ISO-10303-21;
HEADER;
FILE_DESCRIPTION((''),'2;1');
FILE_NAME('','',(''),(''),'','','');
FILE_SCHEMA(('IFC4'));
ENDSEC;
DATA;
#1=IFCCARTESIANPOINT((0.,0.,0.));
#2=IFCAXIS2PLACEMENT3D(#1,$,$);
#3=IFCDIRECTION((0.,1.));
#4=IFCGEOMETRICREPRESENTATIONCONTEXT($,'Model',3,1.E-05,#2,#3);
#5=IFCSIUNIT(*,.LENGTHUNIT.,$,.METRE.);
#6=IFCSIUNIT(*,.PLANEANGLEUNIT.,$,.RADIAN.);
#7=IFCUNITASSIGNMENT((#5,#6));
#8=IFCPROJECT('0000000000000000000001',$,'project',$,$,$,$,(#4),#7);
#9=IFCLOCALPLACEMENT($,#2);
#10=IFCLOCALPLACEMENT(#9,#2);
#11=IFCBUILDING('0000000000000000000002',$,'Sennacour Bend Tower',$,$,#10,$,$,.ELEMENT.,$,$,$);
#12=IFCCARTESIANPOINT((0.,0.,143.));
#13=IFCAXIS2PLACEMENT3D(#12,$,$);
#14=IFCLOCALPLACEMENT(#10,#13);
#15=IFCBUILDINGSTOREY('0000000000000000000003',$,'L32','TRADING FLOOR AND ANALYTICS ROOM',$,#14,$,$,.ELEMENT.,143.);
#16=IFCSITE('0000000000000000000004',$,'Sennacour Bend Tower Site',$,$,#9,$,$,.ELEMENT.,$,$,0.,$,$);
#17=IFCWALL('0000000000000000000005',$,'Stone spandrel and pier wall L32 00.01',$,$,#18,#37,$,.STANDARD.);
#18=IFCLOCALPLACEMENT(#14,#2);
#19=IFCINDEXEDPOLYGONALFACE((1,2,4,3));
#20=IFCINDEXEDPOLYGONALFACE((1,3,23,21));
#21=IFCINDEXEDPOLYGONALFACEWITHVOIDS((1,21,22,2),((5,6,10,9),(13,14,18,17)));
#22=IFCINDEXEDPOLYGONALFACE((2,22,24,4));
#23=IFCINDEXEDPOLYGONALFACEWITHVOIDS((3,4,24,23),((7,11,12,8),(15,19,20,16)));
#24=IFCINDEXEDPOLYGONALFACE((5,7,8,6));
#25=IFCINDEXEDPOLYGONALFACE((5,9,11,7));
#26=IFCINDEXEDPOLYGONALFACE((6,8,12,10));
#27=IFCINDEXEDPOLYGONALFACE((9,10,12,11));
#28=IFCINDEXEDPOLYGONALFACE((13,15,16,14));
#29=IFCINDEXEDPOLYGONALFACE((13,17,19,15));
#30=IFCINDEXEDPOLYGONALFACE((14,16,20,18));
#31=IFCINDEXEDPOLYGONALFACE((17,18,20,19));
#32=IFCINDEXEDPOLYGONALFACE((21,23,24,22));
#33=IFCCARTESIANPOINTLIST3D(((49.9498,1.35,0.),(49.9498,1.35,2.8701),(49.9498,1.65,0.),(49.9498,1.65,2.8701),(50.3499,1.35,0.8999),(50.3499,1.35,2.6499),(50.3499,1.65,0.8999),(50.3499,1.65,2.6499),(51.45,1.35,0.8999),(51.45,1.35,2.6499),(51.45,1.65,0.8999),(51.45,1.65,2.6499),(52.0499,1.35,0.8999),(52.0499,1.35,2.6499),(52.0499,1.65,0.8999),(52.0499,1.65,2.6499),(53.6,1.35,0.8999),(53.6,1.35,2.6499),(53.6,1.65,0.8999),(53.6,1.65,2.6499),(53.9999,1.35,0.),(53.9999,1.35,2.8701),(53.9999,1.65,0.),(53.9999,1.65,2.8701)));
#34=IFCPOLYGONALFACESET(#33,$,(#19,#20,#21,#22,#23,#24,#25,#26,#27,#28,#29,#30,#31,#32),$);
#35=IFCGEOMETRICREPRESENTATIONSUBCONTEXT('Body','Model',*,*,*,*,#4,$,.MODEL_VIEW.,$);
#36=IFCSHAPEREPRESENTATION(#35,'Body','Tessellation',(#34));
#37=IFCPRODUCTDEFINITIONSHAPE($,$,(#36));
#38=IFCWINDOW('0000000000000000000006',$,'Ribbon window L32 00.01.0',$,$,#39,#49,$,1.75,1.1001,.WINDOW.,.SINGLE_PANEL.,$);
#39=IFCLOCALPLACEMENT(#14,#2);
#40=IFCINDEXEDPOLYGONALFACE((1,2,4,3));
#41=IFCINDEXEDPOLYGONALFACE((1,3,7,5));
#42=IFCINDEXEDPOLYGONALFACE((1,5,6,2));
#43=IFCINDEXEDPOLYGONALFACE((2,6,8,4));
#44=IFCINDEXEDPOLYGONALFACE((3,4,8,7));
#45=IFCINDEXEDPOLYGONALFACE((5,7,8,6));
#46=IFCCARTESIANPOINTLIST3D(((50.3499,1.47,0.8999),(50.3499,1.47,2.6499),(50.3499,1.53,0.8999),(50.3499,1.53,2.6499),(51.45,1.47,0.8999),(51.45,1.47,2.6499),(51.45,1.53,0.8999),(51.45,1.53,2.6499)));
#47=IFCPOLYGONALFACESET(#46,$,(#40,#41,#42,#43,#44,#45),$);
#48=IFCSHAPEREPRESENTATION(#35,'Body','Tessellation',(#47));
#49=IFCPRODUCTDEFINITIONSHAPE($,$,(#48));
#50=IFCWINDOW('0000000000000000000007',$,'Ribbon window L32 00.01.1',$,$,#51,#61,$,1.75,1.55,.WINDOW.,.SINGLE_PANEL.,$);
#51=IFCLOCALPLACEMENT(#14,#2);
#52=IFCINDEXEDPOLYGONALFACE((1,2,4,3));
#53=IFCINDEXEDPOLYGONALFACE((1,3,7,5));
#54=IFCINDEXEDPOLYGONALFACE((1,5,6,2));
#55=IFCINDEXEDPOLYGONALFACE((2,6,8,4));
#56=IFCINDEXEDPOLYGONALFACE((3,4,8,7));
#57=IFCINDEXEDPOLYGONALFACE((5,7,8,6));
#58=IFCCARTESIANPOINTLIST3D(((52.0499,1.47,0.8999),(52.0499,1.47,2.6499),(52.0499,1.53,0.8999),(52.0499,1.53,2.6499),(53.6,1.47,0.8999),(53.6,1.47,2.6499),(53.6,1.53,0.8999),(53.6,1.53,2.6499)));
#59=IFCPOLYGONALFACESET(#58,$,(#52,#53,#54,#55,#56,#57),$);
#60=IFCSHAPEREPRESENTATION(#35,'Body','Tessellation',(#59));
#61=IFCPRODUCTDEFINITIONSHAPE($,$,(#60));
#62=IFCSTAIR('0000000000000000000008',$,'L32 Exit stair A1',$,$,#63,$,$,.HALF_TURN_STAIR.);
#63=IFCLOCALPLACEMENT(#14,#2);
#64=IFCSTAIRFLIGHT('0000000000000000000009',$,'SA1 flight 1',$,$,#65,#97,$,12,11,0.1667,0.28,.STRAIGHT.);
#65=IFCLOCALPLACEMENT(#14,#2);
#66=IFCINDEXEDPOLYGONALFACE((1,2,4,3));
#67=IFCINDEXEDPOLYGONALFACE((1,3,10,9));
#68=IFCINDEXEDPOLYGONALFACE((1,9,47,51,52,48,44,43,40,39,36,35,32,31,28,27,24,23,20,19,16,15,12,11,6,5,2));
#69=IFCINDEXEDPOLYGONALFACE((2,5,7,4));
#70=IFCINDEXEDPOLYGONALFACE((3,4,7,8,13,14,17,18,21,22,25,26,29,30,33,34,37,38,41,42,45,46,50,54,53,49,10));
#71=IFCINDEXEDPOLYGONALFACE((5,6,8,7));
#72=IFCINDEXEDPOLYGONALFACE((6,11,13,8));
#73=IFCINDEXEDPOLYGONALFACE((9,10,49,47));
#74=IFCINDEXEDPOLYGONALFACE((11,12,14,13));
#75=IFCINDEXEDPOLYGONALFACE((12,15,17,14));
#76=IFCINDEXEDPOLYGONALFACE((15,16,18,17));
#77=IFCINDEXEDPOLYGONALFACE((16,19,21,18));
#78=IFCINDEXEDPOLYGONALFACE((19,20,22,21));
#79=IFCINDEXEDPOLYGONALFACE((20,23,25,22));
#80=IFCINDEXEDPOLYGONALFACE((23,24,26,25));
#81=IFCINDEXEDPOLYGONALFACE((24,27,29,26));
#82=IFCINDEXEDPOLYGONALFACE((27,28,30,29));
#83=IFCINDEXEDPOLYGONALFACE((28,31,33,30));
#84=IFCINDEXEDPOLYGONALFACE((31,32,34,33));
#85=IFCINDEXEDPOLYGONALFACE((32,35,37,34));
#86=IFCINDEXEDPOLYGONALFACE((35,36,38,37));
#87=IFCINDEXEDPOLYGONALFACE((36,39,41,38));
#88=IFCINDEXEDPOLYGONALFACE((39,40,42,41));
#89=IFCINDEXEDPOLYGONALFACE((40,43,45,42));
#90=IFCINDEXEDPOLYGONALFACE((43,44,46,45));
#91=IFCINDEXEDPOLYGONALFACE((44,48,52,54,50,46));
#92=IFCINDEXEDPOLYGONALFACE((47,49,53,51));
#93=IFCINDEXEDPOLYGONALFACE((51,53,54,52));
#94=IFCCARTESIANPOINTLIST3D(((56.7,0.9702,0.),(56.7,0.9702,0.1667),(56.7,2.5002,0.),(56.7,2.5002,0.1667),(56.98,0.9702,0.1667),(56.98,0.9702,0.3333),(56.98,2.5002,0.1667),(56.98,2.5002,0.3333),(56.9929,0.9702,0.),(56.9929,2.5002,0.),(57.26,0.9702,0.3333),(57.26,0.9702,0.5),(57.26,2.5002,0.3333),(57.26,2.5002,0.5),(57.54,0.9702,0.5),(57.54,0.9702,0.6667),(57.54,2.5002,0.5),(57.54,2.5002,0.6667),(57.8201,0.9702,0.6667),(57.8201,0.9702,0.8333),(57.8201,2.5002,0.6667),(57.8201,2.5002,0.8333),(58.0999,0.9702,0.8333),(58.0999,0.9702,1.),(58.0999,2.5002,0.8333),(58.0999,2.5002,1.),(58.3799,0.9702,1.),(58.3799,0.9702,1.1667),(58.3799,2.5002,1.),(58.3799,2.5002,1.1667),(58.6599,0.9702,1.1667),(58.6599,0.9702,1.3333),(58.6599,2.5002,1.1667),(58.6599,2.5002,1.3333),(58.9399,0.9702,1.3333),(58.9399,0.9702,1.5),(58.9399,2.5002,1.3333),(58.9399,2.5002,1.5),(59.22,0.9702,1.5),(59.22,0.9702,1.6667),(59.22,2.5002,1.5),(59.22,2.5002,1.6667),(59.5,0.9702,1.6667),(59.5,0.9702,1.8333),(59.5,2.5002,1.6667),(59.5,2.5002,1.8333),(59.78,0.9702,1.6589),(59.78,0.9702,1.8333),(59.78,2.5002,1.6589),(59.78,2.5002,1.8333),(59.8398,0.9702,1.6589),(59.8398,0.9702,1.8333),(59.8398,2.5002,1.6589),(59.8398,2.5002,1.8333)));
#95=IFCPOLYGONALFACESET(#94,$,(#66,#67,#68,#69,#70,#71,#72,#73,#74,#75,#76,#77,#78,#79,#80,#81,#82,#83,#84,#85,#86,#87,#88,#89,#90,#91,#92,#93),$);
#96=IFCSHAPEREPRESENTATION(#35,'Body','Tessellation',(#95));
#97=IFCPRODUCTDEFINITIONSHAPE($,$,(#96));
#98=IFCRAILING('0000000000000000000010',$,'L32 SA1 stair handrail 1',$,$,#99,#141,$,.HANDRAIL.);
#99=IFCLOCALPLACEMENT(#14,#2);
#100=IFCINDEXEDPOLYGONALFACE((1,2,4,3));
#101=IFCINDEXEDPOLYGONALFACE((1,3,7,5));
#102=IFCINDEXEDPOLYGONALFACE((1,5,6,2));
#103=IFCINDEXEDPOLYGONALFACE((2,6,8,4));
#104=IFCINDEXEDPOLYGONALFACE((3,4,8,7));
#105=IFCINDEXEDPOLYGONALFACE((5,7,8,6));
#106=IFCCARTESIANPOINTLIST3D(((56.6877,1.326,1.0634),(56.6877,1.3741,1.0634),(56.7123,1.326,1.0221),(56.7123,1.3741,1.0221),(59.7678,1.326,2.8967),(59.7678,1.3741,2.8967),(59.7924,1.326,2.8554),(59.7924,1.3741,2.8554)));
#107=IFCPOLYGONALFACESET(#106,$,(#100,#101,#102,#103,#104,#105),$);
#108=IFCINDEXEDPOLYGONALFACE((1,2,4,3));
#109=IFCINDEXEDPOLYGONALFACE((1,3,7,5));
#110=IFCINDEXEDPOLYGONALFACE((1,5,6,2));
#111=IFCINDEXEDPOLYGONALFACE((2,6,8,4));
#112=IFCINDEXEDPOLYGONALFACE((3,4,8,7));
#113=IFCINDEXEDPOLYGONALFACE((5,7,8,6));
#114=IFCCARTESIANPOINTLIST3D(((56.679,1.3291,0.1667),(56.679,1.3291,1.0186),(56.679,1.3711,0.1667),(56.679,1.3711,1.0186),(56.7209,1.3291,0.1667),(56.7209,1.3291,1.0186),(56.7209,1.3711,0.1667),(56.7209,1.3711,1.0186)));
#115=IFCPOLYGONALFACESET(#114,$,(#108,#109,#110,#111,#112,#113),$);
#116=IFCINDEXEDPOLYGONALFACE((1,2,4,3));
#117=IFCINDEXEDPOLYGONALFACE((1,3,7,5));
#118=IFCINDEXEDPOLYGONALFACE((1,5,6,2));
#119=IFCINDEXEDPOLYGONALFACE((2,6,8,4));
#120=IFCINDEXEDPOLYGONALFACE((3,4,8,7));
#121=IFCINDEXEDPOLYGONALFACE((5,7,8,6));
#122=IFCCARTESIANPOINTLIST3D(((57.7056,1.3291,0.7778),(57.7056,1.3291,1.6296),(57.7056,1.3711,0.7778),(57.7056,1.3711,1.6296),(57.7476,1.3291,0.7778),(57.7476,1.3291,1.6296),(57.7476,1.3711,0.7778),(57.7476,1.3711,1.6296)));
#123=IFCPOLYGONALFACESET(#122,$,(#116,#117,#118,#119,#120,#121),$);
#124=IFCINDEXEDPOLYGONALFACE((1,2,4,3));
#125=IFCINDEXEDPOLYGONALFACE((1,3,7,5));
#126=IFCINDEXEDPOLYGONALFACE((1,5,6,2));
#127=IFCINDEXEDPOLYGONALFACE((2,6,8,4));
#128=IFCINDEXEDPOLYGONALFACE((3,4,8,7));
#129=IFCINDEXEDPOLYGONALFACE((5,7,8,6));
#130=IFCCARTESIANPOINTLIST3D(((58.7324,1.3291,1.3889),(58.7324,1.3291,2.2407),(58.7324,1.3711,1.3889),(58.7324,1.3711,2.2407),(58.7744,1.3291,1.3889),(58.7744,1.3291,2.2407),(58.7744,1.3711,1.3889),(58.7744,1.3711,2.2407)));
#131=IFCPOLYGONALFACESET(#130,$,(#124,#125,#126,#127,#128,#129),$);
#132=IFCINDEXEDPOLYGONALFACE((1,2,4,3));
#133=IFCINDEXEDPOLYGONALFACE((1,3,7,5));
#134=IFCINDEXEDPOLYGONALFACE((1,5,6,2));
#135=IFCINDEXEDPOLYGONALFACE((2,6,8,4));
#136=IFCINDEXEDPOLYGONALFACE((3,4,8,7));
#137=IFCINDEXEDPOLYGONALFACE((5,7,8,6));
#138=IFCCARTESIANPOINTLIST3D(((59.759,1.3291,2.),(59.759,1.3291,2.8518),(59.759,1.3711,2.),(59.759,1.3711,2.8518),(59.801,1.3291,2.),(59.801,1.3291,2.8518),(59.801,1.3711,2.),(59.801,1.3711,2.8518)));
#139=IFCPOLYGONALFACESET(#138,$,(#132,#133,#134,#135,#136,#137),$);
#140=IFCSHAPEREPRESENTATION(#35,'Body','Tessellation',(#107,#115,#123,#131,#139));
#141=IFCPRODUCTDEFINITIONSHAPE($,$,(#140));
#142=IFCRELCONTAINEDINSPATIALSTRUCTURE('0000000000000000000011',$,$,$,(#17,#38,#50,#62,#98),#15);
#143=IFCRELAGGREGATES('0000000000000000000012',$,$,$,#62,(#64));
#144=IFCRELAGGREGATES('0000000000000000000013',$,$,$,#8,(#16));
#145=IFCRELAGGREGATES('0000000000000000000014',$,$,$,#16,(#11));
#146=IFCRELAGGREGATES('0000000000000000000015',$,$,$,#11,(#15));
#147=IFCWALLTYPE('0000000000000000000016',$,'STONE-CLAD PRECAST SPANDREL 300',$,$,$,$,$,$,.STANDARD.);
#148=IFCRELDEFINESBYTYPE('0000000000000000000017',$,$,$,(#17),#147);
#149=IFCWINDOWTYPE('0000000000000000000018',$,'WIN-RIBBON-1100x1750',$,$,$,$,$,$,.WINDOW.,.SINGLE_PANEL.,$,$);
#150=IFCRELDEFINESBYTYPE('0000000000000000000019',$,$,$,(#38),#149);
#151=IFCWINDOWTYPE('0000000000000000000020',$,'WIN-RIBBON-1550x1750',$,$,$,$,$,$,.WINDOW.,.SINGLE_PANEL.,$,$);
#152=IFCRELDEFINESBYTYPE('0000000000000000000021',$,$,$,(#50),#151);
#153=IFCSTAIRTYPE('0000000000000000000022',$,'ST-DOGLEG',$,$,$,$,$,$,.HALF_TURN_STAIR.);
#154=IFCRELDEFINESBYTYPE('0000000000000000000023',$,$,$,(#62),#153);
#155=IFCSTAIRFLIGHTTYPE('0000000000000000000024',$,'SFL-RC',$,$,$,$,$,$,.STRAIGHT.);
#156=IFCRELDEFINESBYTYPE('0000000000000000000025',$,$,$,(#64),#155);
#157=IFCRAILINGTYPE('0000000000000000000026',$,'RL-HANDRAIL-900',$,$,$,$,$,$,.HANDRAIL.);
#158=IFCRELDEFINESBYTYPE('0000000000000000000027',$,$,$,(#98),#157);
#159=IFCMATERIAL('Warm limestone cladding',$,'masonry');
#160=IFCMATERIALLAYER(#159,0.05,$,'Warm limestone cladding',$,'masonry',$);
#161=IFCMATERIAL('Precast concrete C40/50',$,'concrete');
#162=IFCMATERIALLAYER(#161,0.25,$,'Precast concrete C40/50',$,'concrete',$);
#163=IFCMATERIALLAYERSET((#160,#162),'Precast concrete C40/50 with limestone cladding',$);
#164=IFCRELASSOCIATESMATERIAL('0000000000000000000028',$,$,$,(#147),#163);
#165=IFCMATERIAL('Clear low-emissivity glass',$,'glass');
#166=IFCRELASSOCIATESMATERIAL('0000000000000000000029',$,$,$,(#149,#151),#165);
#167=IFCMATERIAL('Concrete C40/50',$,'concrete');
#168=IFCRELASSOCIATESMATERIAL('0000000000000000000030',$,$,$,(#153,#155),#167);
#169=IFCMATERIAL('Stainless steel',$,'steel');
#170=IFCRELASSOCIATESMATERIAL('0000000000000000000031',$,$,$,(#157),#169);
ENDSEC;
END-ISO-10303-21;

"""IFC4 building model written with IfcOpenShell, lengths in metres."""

from ifc_helpers import new_model, si_unit, direction, frame, frame_2d, origin, origin_2d, place, context, subcontext, project, spatial, polyline, rectangle, outline, extrude, material, layer, layer_set, type_object, element, fill, aggregate, save


model = new_model("IFC4")

# Units and contexts
model_context = context("Model", 3, precision=1e-05, world=origin(), true_north=direction((0.0, 1.0)))
body_context = subcontext(model_context, "Body", "Model", "MODEL_VIEW")
ifc_project = project(units=[si_unit("LENGTHUNIT", "METRE"), si_unit("PLANEANGLEUNIT", "RADIAN")], contexts=[model_context])

# Site, building, storey
site_placement = place(None, origin())
site = spatial("IfcSite", under=ifc_project, at=site_placement, Name="Sennacour Bend Tower Site", CompositionType="ELEMENT", RefElevation=0.0)
building_placement = place(site_placement, origin())
building = spatial("IfcBuilding", under=site, at=building_placement, Name="Sennacour Bend Tower", CompositionType="ELEMENT")
storey_placement = place(building_placement, frame((0.0, 0.0, 143.0)))
storey = spatial("IfcBuildingStorey", under=building, at=storey_placement, Name="L32", Description="TRADING FLOOR AND ANALYTICS ROOM", CompositionType="ELEMENT", Elevation=143.0)

# Wall, openings, windows
ifc_material_1 = material(Name="Warm limestone cladding", Category="masonry")
ifc_layer_1 = layer(ifc_material_1, 0.05, Name="Warm limestone cladding", Category="masonry")
ifc_material_2 = material(Name="Precast concrete C40/50", Category="concrete")
ifc_layer_2 = layer(ifc_material_2, 0.25, Name="Precast concrete C40/50", Category="concrete")
ifc_layer_set_1 = layer_set([ifc_layer_1, ifc_layer_2], Name="Precast concrete C40/50 with limestone cladding")
wall_type_1 = type_object("IfcWallType", Name="STONE-CLAD PRECAST SPANDREL 300", PredefinedType="STANDARD", material=ifc_layer_set_1)
wall_1_placement = place(storey_placement, frame((49.95, 1.5, 0.0), z_axis=(0.0, 0.0, 1.0), x_axis=(1.0, 0.0, 0.0)))
wall_1 = element("IfcWall", 1, at=wall_1_placement, inside=storey, type_object=wall_type_1, Name="Stone spandrel and pier wall L32 00.01", PredefinedType="STANDARD", context=body_context, shape_type="SweptSolid", body=[
    extrude(rectangle(XDim=4.05, YDim=0.3, at=frame_2d((2.0249, 0.0))), origin(), (0.0, 0.0, 1.0), 2.8701),
])
opening_1_placement = place(wall_1_placement, frame((0.3999, 0.0, 0.8999)))
opening_1 = element("IfcOpeningElement", 2, at=opening_1_placement, cuts=wall_1, PredefinedType="OPENING", context=body_context, shape_type="SweptSolid", body=[
    extrude(rectangle(XDim=1.1001, YDim=1.75, at=frame_2d((0.55, 0.875))), frame((0.0, 0.1602, 0.0), z_axis=(0.0, -1.0, 0.0), x_axis=(1.0, 0.0, 0.0)), (0.0, 0.0, 1.0), 0.3201),
])
opening_2_placement = place(wall_1_placement, frame((2.1001, 0.0, 0.8999)))
opening_2 = element("IfcOpeningElement", 3, at=opening_2_placement, cuts=wall_1, PredefinedType="OPENING", context=body_context, shape_type="SweptSolid", body=[
    extrude(rectangle(XDim=1.55, YDim=1.75, at=frame_2d((0.7749, 0.875))), frame((0.0, 0.1602, 0.0), z_axis=(0.0, -1.0, 0.0), x_axis=(1.0, 0.0, 0.0)), (0.0, 0.0, 1.0), 0.3201),
])
ifc_material_3 = material(Name="Clear low-emissivity glass", Category="glass")
window_type_1 = type_object("IfcWindowType", Name="WIN-RIBBON-1100x1750", PartitioningType="SINGLE_PANEL", PredefinedType="WINDOW", material=ifc_material_3)
window_1_placement = place(opening_1_placement, origin())
window_1 = element("IfcWindow", 4, at=window_1_placement, inside=storey, type_object=window_type_1, Name="Ribbon window L32 00.01.0", OverallHeight=1.75, OverallWidth=1.1001, PartitioningType="SINGLE_PANEL", PredefinedType="WINDOW", context=body_context, shape_type="SweptSolid", body=[
    extrude(rectangle(XDim=1.1001, YDim=1.75, at=frame_2d((0.55, 0.875))), frame((0.0, 0.03, 0.0), z_axis=(0.0, -1.0, 0.0), x_axis=(1.0, 0.0, 0.0)), (0.0, 0.0, 1.0), 0.0601),
])
fill(opening_1, window_1)
window_type_2 = type_object("IfcWindowType", Name="WIN-RIBBON-1550x1750", PartitioningType="SINGLE_PANEL", PredefinedType="WINDOW", material=ifc_material_3)
window_2_placement = place(opening_2_placement, origin())
window_2 = element("IfcWindow", 5, at=window_2_placement, inside=storey, type_object=window_type_2, Name="Ribbon window L32 00.01.1", OverallHeight=1.75, OverallWidth=1.55, PartitioningType="SINGLE_PANEL", PredefinedType="WINDOW", context=body_context, shape_type="SweptSolid", body=[
    extrude(rectangle(XDim=1.55, YDim=1.75, at=frame_2d((0.7749, 0.875))), frame((0.0, 0.03, 0.0), z_axis=(0.0, -1.0, 0.0), x_axis=(1.0, 0.0, 0.0)), (0.0, 0.0, 1.0), 0.0601),
])
fill(opening_2, window_2)

# Stair, stair flight
ifc_material_4 = material(Name="Concrete C40/50", Category="concrete")
stair_type = type_object("IfcStairType", Name="ST-DOGLEG", PredefinedType="HALF_TURN_STAIR", material=ifc_material_4)
stair_placement = place(storey_placement, origin())
stair = element("IfcStair", 6, at=stair_placement, inside=storey, type_object=stair_type, Name="L32 Exit stair A1", PredefinedType="HALF_TURN_STAIR")
stair_flight_type = type_object("IfcStairFlightType", Name="SFL-RC", PredefinedType="STRAIGHT", material=ifc_material_4)
stair_flight_placement = place(storey_placement, frame((56.7, 1.7351, 0.0), z_axis=(0.0, 0.0, 1.0), x_axis=(1.0, 0.0, 0.0)))
stair_flight = element("IfcStairFlight", 7, at=stair_flight_placement, type_object=stair_flight_type, Name="SA1 flight 1", NumberOfRisers=12, NumberOfTreads=11, PredefinedType="STRAIGHT", RiserHeight=0.1667, TreadLength=0.28, context=body_context, shape_type="SweptSolid", body=[
    extrude(outline(polyline([(0.0, 0.0), (0.0, 0.1667), (0.28, 0.1667), (0.28, 0.3333), (0.5601, 0.3333), (0.5601, 0.5), (0.8401, 0.5), (0.8401, 0.6667), (1.1201, 0.6667), (1.1201, 0.8333), (1.3999, 0.8333), (1.3999, 1.0), (1.6799, 1.0), (1.6799, 1.1667), (1.96, 1.1667), (1.96, 1.3333), (2.24, 1.3333), (2.24, 1.5), (2.52, 1.5), (2.52, 1.6667), (2.8, 1.6667), (2.8, 1.8333), (3.0801, 1.8333), (3.1399, 1.8333), (3.1399, 1.6589), (3.0801, 1.6589), (0.293, 0.0), (0.0, 0.0)])), frame((0.0, 0.7651, 0.0), z_axis=(0.0, -1.0, 0.0), x_axis=(1.0, 0.0, 0.0)), (0.0, 0.0, 1.0), 1.53),
])
aggregate(stair, [stair_flight])

# Railing
ifc_material_5 = material(Name="Stainless steel", Category="steel")
railing_type = type_object("IfcRailingType", Name="RL-HANDRAIL-900", PredefinedType="HANDRAIL", material=ifc_material_5)
railing_placement = place(storey_placement, frame((56.7, 1.3501, 0.1667)))
element("IfcRailing", 8, at=railing_placement, inside=storey, type_object=railing_type, Name="L32 SA1 stair handrail 1", PredefinedType="HANDRAIL", context=body_context, shape_type="SweptSolid", body=[
    extrude(rectangle(XDim=0.0481, YDim=0.0481, at=origin_2d()), frame((0.0, 0.0, 0.876), z_axis=(0.859309, 0.0, 0.511458), x_axis=(0.0, 1.0, 0.0)), (0.0, 0.0, 1.0), 3.5845),
    extrude(rectangle(XDim=0.042, YDim=0.042, at=origin_2d()), origin(), (0.0, 0.0, 1.0), 0.8518),
    extrude(rectangle(XDim=0.042, YDim=0.042, at=origin_2d()), frame((1.0266, 0.0, 0.6111)), (0.0, 0.0, 1.0), 0.8518),
    extrude(rectangle(XDim=0.042, YDim=0.042, at=origin_2d()), frame((2.0535, 0.0, 1.2222)), (0.0, 0.0, 1.0), 0.8518),
    extrude(rectangle(XDim=0.042, YDim=0.042, at=origin_2d()), frame((3.0801, 0.0, 1.8333)), (0.0, 0.0, 1.0), 0.8518),
])

save(model, "model.ifc")
